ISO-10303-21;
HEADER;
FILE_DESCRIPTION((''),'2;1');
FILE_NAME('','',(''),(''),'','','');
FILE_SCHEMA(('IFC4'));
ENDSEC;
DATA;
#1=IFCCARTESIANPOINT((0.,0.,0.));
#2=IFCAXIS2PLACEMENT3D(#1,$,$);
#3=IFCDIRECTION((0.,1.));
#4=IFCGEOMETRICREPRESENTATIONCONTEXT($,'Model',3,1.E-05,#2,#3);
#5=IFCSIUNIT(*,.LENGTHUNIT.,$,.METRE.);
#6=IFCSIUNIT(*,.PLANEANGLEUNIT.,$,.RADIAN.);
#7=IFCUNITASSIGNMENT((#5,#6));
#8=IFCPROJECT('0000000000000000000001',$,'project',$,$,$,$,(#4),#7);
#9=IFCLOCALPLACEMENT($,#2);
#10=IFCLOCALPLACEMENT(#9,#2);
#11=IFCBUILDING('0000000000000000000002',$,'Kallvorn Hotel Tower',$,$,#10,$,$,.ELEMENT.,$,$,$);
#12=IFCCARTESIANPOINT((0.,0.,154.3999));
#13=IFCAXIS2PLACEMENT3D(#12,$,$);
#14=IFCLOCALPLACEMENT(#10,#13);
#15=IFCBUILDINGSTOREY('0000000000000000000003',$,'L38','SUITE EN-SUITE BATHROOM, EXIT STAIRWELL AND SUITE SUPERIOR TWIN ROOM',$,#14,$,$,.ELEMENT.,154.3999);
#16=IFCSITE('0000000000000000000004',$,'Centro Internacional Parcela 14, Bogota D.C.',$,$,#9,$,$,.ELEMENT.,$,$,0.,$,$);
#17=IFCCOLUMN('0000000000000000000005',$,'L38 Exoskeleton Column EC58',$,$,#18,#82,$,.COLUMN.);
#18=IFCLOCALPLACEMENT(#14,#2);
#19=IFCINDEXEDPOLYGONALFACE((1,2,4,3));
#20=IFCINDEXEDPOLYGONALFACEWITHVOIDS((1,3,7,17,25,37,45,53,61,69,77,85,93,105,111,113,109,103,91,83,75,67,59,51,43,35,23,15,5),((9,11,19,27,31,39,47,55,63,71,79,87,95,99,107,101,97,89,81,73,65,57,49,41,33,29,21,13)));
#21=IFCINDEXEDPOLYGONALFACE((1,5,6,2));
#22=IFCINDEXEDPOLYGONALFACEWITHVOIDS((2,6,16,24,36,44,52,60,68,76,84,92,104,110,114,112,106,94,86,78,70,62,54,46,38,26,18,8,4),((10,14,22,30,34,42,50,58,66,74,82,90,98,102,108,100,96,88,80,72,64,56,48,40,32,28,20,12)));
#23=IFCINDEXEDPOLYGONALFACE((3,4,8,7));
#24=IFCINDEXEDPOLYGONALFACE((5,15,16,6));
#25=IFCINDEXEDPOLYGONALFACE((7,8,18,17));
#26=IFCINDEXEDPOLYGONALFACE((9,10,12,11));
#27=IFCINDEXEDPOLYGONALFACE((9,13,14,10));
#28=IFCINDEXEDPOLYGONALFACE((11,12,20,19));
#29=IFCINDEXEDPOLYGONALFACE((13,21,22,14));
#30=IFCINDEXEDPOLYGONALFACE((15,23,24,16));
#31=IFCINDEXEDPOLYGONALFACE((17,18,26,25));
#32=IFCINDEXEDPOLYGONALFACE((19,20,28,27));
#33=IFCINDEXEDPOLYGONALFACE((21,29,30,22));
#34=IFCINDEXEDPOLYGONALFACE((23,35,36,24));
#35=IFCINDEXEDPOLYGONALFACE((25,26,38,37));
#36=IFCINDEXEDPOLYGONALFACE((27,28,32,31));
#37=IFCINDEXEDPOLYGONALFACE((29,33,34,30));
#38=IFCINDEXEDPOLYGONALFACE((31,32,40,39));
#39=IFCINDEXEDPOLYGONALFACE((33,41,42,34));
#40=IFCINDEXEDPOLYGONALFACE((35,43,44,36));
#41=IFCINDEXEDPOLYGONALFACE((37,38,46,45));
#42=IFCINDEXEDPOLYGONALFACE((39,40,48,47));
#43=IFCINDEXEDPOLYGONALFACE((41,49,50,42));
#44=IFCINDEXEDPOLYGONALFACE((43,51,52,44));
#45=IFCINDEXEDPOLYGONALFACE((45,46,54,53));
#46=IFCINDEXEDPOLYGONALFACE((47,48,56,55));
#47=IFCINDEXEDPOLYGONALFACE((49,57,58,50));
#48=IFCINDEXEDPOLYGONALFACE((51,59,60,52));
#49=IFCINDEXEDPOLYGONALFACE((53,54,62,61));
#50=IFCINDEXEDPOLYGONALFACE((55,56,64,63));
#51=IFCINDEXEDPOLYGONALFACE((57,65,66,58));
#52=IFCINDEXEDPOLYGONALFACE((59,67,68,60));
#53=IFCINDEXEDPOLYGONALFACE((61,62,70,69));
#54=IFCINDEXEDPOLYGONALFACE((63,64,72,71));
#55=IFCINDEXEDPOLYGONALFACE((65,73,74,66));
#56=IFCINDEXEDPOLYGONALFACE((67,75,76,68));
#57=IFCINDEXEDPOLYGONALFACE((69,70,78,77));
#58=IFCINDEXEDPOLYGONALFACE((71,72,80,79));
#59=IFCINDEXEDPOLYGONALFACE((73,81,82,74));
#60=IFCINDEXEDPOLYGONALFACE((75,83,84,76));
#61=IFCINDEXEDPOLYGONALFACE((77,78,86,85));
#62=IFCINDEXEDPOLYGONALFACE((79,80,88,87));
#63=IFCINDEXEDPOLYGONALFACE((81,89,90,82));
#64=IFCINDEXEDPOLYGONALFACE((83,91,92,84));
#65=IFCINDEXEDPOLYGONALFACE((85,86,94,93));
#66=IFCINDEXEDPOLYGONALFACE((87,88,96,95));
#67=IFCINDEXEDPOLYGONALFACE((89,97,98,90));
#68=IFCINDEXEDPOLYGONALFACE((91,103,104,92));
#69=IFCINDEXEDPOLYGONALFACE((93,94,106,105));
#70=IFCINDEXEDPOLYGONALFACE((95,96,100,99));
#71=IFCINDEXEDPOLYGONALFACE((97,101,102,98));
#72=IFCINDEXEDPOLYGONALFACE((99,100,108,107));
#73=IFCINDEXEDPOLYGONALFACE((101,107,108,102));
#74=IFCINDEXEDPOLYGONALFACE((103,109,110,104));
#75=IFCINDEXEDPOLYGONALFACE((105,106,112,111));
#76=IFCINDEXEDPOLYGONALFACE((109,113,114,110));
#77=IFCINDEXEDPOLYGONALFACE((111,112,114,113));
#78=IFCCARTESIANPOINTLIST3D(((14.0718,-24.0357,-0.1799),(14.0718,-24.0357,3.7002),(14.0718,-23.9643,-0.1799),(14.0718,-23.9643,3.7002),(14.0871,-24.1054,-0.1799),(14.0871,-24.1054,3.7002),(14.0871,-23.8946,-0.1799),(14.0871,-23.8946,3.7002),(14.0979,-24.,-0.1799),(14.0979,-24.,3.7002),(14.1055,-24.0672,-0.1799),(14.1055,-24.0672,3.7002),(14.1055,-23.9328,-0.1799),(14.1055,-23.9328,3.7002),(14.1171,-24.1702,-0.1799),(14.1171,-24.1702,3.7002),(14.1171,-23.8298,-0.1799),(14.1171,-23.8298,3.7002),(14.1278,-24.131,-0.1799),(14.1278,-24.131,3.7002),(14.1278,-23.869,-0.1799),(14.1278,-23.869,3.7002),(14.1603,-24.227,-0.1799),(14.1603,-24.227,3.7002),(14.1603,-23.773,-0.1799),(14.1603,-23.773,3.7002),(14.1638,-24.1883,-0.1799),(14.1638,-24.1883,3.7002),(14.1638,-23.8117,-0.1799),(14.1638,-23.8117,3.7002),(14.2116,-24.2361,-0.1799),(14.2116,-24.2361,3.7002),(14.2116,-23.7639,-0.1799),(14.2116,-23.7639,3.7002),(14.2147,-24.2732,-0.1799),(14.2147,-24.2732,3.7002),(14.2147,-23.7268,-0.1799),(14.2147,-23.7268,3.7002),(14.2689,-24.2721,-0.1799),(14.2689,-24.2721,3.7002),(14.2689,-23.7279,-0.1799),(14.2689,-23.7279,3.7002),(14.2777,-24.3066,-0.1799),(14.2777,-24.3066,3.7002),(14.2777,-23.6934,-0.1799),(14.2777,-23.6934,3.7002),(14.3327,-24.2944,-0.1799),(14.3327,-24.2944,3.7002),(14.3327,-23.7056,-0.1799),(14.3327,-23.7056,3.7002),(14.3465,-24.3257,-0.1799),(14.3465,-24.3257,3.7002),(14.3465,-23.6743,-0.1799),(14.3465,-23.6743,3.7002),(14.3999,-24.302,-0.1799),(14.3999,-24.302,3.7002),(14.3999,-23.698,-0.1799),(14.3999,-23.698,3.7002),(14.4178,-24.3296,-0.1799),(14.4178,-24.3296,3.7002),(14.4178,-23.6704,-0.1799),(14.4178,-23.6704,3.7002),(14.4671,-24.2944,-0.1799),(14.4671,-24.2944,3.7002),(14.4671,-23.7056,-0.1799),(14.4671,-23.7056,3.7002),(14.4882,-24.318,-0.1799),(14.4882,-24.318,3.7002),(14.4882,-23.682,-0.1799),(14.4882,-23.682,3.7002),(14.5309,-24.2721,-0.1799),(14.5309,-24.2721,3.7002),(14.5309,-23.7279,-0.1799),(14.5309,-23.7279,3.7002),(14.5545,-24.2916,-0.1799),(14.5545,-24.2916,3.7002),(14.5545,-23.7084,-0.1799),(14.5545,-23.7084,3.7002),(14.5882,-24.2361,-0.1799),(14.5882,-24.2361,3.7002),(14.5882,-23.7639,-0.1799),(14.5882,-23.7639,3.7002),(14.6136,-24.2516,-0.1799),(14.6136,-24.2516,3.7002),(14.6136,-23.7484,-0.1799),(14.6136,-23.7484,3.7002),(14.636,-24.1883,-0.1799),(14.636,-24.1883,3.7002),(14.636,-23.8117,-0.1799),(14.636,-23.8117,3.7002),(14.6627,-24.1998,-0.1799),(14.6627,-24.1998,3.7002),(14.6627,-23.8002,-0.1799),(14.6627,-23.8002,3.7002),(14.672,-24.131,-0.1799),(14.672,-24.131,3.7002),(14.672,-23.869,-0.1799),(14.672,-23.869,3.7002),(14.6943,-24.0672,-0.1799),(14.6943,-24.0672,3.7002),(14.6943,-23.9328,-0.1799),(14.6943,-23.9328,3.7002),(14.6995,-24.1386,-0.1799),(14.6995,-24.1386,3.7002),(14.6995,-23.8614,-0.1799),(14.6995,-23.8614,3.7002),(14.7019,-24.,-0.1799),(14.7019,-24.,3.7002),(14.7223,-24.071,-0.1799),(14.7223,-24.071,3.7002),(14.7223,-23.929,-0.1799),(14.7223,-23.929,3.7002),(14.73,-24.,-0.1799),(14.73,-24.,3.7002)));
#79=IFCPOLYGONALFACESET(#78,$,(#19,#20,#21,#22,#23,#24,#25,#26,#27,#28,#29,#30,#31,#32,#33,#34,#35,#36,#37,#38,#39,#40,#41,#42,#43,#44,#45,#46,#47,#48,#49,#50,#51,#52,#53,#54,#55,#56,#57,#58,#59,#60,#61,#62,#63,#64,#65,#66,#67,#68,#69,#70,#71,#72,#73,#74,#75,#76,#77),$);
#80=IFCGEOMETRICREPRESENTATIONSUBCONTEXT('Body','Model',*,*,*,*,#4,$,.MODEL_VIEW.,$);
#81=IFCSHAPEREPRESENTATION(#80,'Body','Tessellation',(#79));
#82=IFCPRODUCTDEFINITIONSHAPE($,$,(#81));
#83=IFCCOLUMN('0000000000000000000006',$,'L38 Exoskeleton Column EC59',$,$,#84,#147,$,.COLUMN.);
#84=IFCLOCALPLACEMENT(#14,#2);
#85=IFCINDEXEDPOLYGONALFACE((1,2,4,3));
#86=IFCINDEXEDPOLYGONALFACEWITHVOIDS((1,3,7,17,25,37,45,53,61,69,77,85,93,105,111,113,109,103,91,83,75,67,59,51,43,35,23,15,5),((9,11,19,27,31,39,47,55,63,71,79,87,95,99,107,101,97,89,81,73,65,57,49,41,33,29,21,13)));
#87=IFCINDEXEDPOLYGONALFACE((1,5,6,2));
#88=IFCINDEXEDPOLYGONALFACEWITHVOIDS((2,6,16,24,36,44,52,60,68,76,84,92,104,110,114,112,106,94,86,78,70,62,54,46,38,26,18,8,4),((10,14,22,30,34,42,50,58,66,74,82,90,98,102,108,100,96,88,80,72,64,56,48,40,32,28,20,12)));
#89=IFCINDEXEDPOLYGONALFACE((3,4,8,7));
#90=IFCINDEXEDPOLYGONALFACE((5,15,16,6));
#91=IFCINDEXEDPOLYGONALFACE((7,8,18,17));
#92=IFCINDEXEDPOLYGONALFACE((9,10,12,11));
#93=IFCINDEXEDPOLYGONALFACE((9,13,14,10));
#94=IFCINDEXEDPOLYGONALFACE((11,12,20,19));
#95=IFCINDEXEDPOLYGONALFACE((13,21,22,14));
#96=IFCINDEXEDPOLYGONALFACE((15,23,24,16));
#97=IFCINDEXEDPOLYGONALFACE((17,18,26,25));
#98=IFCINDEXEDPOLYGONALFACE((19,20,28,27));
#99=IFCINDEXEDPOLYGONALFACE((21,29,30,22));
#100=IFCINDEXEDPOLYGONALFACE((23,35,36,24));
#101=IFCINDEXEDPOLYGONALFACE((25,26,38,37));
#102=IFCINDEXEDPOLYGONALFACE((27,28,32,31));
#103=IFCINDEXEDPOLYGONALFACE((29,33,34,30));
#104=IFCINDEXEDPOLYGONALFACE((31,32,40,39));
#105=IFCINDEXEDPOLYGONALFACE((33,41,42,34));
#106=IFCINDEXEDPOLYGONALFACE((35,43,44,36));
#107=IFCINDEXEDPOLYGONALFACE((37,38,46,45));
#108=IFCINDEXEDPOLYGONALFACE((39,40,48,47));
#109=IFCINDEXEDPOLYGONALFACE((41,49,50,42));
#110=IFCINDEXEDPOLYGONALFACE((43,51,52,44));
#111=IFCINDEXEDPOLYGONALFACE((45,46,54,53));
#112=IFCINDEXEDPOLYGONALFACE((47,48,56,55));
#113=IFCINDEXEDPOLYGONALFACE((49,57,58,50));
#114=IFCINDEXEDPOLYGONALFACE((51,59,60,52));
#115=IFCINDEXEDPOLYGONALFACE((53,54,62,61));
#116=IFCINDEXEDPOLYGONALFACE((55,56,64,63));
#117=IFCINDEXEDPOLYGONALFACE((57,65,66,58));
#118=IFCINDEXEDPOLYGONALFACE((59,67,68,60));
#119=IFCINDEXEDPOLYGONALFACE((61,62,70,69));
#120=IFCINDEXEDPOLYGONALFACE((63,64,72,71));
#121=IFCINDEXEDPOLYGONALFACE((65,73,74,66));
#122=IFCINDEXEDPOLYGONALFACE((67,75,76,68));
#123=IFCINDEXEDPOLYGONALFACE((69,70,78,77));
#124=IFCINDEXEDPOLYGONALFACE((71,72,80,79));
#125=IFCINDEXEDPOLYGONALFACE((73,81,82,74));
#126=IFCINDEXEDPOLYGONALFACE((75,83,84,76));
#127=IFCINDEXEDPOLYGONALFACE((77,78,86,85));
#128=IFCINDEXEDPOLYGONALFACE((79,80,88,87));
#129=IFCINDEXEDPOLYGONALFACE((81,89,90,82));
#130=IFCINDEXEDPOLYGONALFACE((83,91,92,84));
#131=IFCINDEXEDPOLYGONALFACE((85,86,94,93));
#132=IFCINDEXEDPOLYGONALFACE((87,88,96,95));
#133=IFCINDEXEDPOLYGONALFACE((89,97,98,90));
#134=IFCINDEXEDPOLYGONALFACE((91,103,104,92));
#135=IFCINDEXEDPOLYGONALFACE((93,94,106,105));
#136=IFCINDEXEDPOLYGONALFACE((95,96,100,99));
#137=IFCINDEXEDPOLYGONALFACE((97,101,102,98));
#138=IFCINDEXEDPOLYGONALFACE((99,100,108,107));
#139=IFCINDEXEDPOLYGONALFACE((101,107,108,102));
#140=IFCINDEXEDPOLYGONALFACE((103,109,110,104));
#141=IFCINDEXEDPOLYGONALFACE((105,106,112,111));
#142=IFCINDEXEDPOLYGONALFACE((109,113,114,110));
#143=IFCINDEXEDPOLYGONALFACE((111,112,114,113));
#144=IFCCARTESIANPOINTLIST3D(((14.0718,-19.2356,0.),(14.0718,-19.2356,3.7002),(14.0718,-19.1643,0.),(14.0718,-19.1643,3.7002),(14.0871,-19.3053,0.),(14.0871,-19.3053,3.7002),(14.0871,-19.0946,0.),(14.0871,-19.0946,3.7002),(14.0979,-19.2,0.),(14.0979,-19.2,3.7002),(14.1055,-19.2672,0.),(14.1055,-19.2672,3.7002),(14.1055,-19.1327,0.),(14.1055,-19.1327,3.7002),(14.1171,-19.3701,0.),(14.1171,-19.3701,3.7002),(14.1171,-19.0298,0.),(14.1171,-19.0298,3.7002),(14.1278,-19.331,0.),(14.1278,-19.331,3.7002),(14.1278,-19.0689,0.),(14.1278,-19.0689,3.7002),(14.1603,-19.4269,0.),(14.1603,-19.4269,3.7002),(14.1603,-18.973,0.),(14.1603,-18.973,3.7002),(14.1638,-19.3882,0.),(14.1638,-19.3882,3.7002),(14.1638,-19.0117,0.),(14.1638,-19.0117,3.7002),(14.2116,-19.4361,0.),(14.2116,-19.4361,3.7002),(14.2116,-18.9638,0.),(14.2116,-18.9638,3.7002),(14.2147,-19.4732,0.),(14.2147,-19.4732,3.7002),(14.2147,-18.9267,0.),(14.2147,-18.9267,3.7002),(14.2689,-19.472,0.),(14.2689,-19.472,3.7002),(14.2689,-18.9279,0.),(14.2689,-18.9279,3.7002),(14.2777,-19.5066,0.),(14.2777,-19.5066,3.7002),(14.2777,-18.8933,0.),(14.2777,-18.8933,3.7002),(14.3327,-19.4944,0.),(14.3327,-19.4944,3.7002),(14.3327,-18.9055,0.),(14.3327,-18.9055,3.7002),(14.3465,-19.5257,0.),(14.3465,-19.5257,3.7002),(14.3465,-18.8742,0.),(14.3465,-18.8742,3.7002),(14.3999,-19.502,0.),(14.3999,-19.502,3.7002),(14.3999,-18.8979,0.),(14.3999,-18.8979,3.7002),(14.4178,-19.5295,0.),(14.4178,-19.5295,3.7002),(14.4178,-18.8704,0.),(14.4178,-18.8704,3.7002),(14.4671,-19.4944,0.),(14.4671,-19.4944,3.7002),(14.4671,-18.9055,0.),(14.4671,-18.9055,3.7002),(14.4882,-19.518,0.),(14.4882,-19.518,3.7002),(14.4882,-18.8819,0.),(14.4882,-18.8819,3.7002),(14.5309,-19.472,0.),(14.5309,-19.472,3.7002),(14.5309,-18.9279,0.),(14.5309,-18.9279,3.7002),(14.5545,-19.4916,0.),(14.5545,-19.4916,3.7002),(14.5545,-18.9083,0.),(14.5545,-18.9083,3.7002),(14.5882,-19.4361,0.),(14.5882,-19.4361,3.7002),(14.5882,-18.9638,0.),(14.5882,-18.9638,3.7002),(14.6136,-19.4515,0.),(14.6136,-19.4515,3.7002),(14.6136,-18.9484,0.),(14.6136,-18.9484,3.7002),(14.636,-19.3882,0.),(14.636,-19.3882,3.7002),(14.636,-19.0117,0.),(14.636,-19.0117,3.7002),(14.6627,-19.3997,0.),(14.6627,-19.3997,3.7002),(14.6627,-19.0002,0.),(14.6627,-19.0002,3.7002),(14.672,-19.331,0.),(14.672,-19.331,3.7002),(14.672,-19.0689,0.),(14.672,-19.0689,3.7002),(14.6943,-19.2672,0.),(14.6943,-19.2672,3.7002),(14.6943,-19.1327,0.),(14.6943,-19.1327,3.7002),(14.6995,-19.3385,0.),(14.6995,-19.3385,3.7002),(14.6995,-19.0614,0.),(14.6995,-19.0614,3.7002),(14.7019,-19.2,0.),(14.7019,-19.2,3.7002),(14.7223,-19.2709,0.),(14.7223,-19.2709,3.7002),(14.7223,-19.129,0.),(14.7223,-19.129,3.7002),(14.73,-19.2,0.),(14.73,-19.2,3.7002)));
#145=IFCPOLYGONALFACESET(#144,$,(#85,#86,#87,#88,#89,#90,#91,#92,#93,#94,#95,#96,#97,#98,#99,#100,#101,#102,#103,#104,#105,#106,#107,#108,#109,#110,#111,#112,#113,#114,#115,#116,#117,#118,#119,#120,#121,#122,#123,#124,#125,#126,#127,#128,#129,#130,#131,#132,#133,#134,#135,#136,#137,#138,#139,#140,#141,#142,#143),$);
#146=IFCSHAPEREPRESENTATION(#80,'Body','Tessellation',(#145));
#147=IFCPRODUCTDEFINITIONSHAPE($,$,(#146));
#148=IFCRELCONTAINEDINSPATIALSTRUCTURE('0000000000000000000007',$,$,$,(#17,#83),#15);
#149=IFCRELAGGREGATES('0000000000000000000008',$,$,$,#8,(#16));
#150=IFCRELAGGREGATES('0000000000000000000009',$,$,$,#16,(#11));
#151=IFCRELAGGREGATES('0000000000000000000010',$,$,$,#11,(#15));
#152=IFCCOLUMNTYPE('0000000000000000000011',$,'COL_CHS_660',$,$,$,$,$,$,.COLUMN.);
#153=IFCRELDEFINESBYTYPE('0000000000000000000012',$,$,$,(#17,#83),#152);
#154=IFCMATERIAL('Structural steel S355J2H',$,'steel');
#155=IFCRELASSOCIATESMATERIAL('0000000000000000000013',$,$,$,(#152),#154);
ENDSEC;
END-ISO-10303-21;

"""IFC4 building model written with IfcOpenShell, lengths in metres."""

from ifc_helpers import new_model, si_unit, direction, frame, origin, origin_2d, place, context, subcontext, project, spatial, hollow_circle, extrude, material, material_profile, profile_set, type_object, element, save


model = new_model("IFC4")

# Units and contexts
model_context = context("Model", 3, precision=1e-05, world=origin(), true_north=direction((0.0, 1.0)))
body_context = subcontext(model_context, "Body", "Model", "MODEL_VIEW")
ifc_project = project(units=[si_unit("LENGTHUNIT", "METRE"), si_unit("PLANEANGLEUNIT", "RADIAN")], contexts=[model_context])

# Site, building, storey
site_placement = place(None, origin())
site = spatial("IfcSite", under=ifc_project, at=site_placement, Name="Centro Internacional Parcela 14, Bogota D.C.", CompositionType="ELEMENT", RefElevation=0.0)
building_placement = place(site_placement, origin())
building = spatial("IfcBuilding", under=site, at=building_placement, Name="Kallvorn Hotel Tower", CompositionType="ELEMENT")
storey_placement = place(building_placement, frame((0.0, 0.0, 154.3999)))
storey = spatial("IfcBuildingStorey", under=building, at=storey_placement, Name="L38", Description="SUITE EN-SUITE BATHROOM, EXIT STAIRWELL AND SUITE SUPERIOR TWIN ROOM", CompositionType="ELEMENT", Elevation=154.3999)

# Columns
ifc_material_1 = material(Name="Structural steel S355J2H", Category="steel")
ifc_material_profile_1 = material_profile(ifc_material_1, hollow_circle(Radius=0.3301, WallThickness=0.0281, at=origin_2d()), Name="CHS 660x28")
ifc_profile_set_1 = profile_set([ifc_material_profile_1], Name="Structural steel S355J2H")
column_type = type_object("IfcColumnType", Name="COL_CHS_660", PredefinedType="COLUMN", material=ifc_profile_set_1)
column_1_placement = place(storey_placement, frame((14.3999, -24.0, -0.1799), z_axis=(0.0, 0.0, 1.0), x_axis=(1.0, 0.0, 0.0)))
element("IfcColumn", 1, at=column_1_placement, inside=storey, type_object=column_type, Name="L38 Exoskeleton Column EC58", PredefinedType="COLUMN", context=body_context, shape_type="SweptSolid", body=[
    extrude(hollow_circle(Radius=0.3301, WallThickness=0.0281, at=origin_2d()), origin(), (0.0, 0.0, 1.0), 3.8801),
])
column_2_placement = place(storey_placement, frame((14.3999, -19.2, 0.0), z_axis=(0.0, 0.0, 1.0), x_axis=(1.0, 0.0, 0.0)))
element("IfcColumn", 2, at=column_2_placement, inside=storey, type_object=column_type, Name="L38 Exoskeleton Column EC59", PredefinedType="COLUMN", context=body_context, shape_type="SweptSolid", body=[
    extrude(hollow_circle(Radius=0.3301, WallThickness=0.0281, at=origin_2d()), origin(), (0.0, 0.0, 1.0), 3.7002),
])

save(model, "model.ifc")
